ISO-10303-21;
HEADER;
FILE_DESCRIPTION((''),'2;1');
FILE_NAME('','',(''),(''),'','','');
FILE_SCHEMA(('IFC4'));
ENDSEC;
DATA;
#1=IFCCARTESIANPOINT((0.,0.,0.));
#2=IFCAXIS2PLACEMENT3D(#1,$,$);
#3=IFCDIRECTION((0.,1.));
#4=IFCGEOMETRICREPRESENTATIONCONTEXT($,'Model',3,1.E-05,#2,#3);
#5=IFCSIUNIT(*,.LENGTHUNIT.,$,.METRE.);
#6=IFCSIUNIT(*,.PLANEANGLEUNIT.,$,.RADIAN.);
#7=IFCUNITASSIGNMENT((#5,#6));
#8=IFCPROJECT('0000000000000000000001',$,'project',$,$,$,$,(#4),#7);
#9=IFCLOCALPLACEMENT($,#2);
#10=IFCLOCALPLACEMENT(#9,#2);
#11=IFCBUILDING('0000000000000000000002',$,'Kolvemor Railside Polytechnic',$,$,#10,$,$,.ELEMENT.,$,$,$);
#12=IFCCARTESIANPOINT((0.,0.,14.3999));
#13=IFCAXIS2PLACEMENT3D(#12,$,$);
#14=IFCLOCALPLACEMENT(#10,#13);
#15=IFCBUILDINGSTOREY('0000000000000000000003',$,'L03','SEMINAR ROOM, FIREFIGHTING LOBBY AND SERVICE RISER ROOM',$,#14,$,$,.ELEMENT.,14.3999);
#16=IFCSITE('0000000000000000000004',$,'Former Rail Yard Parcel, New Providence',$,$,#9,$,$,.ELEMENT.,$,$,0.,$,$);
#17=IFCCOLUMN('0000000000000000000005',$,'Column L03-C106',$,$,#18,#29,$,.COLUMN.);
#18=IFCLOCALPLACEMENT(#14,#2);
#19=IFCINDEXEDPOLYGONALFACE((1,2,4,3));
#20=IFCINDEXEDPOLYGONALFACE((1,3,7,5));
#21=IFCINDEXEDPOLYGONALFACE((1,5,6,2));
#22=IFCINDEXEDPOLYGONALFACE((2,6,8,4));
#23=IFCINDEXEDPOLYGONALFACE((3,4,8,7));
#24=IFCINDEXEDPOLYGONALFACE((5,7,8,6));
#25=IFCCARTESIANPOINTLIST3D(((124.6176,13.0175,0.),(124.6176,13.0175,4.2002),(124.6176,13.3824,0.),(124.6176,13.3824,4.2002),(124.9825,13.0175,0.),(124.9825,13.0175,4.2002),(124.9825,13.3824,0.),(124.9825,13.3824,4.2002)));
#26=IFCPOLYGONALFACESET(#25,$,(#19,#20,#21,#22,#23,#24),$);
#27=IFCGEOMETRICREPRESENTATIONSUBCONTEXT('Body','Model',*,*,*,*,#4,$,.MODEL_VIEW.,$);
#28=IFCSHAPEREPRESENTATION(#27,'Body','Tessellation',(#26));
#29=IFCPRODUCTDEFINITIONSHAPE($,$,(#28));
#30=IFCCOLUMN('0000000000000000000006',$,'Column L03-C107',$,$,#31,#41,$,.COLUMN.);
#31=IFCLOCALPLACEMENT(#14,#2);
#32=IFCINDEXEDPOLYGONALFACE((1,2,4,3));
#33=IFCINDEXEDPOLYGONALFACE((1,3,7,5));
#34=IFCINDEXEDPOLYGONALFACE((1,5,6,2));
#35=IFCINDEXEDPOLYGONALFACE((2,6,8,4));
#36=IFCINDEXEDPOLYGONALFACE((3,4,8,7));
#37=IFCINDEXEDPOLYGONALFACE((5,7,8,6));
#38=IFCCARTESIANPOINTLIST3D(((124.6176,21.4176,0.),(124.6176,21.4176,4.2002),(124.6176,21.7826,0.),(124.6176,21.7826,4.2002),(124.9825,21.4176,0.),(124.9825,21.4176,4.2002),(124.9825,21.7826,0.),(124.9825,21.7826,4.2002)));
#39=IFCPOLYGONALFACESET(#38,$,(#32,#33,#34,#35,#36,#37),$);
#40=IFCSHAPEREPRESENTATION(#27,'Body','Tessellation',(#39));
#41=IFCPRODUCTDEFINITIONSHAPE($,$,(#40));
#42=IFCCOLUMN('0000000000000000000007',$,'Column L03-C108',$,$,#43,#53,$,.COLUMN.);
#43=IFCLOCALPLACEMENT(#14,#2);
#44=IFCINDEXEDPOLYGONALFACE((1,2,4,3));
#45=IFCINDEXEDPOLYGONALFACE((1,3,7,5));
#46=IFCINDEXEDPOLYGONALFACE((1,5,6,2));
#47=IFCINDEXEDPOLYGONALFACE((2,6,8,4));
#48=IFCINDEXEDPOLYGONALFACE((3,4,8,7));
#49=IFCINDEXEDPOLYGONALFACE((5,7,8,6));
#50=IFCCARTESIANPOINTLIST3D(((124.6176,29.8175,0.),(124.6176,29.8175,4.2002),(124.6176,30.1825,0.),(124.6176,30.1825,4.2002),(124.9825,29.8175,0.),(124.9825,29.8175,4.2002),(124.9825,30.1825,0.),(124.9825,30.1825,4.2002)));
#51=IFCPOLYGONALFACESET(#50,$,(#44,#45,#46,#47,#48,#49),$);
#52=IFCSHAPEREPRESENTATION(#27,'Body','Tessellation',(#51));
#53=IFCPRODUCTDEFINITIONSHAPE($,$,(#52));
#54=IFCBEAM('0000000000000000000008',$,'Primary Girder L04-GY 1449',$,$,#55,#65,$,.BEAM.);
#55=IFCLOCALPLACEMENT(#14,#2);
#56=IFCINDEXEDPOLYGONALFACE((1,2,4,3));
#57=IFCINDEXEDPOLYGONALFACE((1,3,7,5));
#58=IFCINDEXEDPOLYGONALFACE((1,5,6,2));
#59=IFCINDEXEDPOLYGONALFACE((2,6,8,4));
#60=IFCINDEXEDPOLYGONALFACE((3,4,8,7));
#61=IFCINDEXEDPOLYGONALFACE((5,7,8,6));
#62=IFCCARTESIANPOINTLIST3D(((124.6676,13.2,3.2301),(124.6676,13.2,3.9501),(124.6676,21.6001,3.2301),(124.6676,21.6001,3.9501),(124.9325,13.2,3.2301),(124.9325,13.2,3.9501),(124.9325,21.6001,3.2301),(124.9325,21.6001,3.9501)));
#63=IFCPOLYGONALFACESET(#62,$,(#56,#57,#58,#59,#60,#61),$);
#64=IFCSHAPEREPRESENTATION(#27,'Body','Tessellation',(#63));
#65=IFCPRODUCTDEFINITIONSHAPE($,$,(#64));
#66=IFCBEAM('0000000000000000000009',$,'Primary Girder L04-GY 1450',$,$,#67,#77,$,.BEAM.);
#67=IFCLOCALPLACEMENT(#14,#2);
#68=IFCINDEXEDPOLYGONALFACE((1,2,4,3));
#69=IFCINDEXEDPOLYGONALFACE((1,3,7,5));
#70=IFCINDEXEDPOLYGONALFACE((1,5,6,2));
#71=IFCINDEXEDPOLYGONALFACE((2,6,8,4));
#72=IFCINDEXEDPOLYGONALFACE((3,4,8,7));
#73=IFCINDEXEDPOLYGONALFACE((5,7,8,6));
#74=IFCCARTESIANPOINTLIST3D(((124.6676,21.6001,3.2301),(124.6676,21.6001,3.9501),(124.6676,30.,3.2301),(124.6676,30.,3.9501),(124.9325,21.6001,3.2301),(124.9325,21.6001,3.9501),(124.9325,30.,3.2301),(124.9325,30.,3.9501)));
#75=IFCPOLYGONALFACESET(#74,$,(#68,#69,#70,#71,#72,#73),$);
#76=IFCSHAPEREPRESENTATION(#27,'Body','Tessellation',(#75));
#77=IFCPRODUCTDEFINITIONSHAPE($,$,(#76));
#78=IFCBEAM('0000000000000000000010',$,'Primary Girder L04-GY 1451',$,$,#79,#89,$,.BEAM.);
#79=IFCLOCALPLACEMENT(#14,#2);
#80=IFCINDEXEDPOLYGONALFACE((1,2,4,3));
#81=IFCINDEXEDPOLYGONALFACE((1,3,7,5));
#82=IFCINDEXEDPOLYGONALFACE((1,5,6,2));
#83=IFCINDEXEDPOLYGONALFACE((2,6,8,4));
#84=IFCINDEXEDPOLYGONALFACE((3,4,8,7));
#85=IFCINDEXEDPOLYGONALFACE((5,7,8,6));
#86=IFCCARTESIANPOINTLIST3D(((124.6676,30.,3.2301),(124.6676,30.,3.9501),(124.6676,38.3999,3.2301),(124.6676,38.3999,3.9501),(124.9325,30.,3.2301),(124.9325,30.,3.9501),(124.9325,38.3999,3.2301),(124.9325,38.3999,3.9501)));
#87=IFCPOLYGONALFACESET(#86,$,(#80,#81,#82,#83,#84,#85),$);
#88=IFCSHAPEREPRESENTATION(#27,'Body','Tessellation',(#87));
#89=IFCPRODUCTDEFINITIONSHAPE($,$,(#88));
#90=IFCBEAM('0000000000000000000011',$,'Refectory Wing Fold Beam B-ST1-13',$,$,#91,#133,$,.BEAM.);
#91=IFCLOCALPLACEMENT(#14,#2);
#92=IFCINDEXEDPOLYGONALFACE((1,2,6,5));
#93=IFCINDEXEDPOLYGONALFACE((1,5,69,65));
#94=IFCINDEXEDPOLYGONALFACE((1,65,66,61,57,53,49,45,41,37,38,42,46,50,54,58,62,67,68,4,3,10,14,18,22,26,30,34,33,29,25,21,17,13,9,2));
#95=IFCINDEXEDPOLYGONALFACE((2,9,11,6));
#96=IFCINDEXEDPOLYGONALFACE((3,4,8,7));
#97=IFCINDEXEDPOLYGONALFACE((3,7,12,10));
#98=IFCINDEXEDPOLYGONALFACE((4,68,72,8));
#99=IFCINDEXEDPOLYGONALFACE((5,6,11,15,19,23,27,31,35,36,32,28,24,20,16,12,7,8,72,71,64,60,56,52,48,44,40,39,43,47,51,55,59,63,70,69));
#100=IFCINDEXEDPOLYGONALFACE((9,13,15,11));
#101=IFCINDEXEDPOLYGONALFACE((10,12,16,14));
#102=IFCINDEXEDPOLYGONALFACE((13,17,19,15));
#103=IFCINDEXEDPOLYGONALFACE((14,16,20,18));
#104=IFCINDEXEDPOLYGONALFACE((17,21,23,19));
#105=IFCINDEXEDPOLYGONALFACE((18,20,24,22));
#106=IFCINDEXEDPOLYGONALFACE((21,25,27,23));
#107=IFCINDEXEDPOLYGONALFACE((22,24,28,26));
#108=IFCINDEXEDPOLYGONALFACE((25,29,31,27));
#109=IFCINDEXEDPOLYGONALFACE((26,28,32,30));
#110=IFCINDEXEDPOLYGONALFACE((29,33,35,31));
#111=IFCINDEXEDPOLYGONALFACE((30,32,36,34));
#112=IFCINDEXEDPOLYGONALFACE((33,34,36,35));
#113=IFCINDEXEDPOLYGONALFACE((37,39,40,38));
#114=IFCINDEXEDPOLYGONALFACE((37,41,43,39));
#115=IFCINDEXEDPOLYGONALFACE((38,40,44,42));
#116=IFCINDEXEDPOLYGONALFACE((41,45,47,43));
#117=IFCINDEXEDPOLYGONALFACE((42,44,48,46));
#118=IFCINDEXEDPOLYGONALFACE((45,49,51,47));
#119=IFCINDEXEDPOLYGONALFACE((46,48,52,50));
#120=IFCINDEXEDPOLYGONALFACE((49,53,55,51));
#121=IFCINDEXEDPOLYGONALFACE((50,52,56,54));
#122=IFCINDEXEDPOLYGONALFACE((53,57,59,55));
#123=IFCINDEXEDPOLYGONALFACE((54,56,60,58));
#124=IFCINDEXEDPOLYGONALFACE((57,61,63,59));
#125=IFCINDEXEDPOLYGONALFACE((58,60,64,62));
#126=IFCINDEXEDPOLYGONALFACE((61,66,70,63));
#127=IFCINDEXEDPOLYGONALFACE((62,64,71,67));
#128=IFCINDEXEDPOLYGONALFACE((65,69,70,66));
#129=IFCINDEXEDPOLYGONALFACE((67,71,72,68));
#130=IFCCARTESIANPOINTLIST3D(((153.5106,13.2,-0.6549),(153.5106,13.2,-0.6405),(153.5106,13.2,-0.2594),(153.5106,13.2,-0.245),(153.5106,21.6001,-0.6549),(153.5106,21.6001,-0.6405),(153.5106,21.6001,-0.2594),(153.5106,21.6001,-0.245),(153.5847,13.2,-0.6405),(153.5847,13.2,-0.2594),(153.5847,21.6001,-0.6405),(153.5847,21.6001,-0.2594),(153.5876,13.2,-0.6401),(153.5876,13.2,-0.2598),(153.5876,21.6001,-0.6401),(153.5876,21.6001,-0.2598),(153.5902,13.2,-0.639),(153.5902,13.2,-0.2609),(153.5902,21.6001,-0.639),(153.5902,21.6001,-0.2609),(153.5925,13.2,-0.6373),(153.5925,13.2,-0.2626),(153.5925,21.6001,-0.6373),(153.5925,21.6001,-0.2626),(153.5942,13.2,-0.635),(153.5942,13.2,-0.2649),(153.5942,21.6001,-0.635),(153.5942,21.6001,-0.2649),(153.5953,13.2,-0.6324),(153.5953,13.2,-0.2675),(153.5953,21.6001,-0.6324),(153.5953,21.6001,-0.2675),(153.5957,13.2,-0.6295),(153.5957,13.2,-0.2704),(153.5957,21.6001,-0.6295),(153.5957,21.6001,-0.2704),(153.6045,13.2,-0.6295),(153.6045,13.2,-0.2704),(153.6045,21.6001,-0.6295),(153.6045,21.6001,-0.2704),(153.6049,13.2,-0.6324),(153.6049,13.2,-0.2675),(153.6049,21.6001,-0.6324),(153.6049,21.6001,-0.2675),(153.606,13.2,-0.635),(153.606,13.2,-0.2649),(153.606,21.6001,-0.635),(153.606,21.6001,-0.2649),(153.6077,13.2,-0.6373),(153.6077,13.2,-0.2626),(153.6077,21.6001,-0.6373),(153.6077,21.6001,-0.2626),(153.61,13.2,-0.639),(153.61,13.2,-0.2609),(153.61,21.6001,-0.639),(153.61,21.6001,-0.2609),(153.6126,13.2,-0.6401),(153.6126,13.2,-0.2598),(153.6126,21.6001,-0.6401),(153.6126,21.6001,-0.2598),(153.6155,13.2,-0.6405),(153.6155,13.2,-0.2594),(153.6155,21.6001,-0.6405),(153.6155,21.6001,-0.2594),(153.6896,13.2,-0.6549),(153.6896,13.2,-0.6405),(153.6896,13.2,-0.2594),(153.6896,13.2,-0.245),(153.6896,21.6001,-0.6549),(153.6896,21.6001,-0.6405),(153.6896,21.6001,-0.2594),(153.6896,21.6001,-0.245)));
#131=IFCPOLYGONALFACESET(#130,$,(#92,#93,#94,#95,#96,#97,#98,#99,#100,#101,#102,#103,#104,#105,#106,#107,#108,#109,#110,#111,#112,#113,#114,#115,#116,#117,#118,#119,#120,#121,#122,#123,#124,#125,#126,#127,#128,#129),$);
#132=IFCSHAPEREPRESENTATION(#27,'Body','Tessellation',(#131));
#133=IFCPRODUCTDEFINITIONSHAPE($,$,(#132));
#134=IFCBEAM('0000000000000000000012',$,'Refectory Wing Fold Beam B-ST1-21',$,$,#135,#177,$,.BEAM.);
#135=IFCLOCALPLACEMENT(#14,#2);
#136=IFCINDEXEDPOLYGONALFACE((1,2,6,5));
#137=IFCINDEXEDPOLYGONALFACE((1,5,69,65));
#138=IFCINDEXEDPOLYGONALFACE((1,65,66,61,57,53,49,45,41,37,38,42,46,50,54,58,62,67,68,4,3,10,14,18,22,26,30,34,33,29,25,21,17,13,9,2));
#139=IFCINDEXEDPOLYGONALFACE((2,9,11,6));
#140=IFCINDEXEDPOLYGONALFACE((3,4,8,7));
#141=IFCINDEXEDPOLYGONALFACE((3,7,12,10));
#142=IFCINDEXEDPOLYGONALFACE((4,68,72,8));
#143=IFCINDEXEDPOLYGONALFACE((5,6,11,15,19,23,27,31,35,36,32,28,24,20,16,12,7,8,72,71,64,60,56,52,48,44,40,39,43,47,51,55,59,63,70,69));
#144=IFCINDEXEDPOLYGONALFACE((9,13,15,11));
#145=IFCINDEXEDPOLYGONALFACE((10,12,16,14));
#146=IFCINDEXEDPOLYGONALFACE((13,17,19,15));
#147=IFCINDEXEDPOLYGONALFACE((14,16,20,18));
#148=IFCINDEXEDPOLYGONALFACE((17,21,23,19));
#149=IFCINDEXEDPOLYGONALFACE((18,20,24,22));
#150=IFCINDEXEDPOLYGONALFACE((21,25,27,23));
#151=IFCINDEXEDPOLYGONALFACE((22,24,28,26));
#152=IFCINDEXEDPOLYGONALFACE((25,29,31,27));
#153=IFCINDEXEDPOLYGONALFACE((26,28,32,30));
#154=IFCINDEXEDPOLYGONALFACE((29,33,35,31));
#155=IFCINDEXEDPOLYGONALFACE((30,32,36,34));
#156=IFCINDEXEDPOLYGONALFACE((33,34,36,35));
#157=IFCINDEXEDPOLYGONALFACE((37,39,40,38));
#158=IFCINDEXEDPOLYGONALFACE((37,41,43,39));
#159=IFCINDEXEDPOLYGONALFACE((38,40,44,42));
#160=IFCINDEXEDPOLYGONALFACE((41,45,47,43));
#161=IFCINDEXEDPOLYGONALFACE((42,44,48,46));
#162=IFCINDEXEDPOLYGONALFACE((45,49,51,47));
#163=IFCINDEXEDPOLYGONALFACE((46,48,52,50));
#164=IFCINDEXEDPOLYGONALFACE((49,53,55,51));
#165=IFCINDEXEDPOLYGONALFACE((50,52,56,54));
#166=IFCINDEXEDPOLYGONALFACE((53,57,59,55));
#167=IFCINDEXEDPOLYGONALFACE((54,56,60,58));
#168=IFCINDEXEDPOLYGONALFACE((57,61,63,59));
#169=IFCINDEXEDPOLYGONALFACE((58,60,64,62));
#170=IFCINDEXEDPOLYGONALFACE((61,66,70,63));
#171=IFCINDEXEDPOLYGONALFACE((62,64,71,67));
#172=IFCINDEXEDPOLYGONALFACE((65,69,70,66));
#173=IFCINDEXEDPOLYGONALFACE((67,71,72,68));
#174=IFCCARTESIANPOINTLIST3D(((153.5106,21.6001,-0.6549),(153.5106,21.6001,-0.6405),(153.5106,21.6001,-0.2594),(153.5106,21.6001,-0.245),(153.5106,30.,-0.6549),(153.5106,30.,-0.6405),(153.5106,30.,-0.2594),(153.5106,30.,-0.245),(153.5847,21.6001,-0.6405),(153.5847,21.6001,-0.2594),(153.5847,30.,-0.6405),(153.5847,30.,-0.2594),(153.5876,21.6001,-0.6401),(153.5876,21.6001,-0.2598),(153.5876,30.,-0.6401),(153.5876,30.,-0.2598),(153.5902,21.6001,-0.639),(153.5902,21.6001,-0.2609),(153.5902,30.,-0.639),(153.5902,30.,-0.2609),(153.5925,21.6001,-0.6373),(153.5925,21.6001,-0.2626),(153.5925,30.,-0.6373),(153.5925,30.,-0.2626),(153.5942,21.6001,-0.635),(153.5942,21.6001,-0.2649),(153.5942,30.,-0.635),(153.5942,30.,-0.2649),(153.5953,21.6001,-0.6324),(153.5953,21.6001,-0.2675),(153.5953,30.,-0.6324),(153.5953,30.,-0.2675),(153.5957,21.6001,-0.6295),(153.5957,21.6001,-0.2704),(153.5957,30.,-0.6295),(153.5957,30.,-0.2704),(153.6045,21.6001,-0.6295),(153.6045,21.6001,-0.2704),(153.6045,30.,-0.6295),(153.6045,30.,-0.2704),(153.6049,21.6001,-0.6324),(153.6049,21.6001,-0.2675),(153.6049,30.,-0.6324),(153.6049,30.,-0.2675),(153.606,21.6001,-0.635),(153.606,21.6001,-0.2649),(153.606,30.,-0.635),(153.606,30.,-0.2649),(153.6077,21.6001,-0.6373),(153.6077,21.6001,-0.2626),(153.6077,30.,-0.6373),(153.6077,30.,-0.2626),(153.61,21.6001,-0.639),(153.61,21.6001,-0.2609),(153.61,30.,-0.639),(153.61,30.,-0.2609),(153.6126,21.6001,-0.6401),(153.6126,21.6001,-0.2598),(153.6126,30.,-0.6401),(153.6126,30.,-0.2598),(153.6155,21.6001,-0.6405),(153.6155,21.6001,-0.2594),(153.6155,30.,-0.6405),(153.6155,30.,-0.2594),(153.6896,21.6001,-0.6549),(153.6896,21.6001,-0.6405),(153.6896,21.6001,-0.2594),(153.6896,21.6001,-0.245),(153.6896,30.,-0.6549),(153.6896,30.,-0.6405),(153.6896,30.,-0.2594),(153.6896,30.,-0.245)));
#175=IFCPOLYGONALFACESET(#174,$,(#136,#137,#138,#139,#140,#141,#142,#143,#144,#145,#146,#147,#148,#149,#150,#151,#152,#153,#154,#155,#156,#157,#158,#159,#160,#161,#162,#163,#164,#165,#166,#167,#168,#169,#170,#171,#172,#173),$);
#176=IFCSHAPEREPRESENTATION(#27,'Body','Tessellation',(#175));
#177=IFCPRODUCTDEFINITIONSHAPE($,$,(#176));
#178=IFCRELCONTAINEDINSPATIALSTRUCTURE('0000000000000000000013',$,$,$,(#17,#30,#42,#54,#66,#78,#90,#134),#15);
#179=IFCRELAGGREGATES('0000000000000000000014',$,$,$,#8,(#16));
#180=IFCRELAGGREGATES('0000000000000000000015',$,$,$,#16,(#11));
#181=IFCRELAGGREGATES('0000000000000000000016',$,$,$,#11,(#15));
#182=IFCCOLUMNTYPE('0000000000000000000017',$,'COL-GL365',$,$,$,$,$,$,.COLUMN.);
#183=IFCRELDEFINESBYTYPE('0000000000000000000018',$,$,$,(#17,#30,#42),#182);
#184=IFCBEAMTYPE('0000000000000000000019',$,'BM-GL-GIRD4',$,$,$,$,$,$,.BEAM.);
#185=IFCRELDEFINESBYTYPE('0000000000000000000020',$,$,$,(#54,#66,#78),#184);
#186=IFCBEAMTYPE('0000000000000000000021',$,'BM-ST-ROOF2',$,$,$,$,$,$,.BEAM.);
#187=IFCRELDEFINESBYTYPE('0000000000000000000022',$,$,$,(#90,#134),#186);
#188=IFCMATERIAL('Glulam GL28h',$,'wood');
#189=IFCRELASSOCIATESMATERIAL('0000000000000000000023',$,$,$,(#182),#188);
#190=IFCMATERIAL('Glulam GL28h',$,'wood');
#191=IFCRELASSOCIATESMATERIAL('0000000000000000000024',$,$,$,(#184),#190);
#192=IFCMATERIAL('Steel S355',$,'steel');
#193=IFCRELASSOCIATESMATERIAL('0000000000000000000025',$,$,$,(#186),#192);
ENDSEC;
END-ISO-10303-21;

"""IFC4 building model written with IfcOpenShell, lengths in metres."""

from ifc_helpers import new_model, si_unit, direction, frame, origin, origin_2d, place, context, subcontext, project, spatial, rectangle, i_section, extrude, material, material_profile, profile_set, type_object, element, save


model = new_model("IFC4")

# Units and contexts
model_context = context("Model", 3, precision=1e-05, world=origin(), true_north=direction((0.0, 1.0)))
body_context = subcontext(model_context, "Body", "Model", "MODEL_VIEW")
ifc_project = project(units=[si_unit("LENGTHUNIT", "METRE"), si_unit("PLANEANGLEUNIT", "RADIAN")], contexts=[model_context])

# Site, building, storey
site_placement = place(None, origin())
site = spatial("IfcSite", under=ifc_project, at=site_placement, Name="Former Rail Yard Parcel, New Providence", CompositionType="ELEMENT", RefElevation=0.0)
building_placement = place(site_placement, origin())
building = spatial("IfcBuilding", under=site, at=building_placement, Name="Kolvemor Railside Polytechnic", CompositionType="ELEMENT")
storey_placement = place(building_placement, frame((0.0, 0.0, 14.3999)))
storey = spatial("IfcBuildingStorey", under=building, at=storey_placement, Name="L03", Description="SEMINAR ROOM, FIREFIGHTING LOBBY AND SERVICE RISER ROOM", CompositionType="ELEMENT", Elevation=14.3999)

# Columns
ifc_material_1 = material(Name="Glulam GL28h", Category="wood")
ifc_material_profile_1 = material_profile(ifc_material_1, rectangle(XDim=0.365, YDim=0.365, at=origin_2d()), Name="GL365x365")
ifc_profile_set_1 = profile_set([ifc_material_profile_1], Name="Glulam GL28h")
column_type = type_object("IfcColumnType", Name="COL-GL365", PredefinedType="COLUMN", material=ifc_profile_set_1)
for number, where, z_axis, x_axis, name in (
    (1, (124.8, 13.2, 0.0), (0.0, 0.0, 1.0), (1.0, 0.0, 0.0), "Column L03-C106"),
    (2, (124.8, 21.6001, 0.0), (0.0, 0.0, 1.0), (1.0, 0.0, 0.0), "Column L03-C107"),
    (3, (124.8, 30.0, 0.0), (0.0, 0.0, 1.0), (1.0, 0.0, 0.0), "Column L03-C108"),
):
    element("IfcColumn", number, at=place(storey_placement, frame(where, z_axis=z_axis, x_axis=x_axis)), inside=storey, type_object=column_type, Name=name, PredefinedType="COLUMN", context=body_context, shape_type="SweptSolid", body=[
        extrude(rectangle(XDim=0.365, YDim=0.365, at=origin_2d()), origin(), (0.0, 0.0, 1.0), 4.2002),
    ])

# Beams
ifc_material_2 = material(Name="Glulam GL28h", Category="wood")
ifc_material_profile_2 = material_profile(ifc_material_2, rectangle(XDim=0.2649, YDim=0.72, at=origin_2d()), Name="GL265x720")
ifc_profile_set_2 = profile_set([ifc_material_profile_2], Name="Glulam GL28h")
beam_type_1 = type_object("IfcBeamType", Name="BM-GL-GIRD4", PredefinedType="BEAM", material=ifc_profile_set_2)
beam_1_placement = place(storey_placement, frame((124.8, 13.2, 3.5901), z_axis=(0.0, 1.0, 0.0), x_axis=(-1.0, 0.0, 0.0)))
element("IfcBeam", 4, at=beam_1_placement, inside=storey, type_object=beam_type_1, Name="Primary Girder L04-GY 1449", PredefinedType="BEAM", context=body_context, shape_type="SweptSolid", body=[
    extrude(rectangle(XDim=0.2649, YDim=0.72, at=origin_2d()), origin(), (0.0, 0.0, 1.0), 8.4001),
])
for number, where, z_axis, x_axis, name in (
    (5, (124.8, 21.6001, 3.5901), (0.0, 1.0, 0.0), (-1.0, 0.0, 0.0), "Primary Girder L04-GY 1450"),
    (6, (124.8, 30.0, 3.5901), (0.0, 1.0, 0.0), (-1.0, 0.0, 0.0), "Primary Girder L04-GY 1451"),
):
    element("IfcBeam", number, at=place(storey_placement, frame(where, z_axis=z_axis, x_axis=x_axis)), inside=storey, type_object=beam_type_1, Name=name, PredefinedType="BEAM", context=body_context, shape_type="SweptSolid", body=[
        extrude(rectangle(XDim=0.2649, YDim=0.72, at=origin_2d()), origin(), (0.0, 0.0, 1.0), 8.3999),
    ])
ifc_material_3 = material(Name="Steel S355", Category="steel")
ifc_material_profile_3 = material_profile(ifc_material_3, i_section(OverallWidth=0.179, OverallDepth=0.4099, WebThickness=0.0088, FlangeThickness=0.0144, FilletRadius=0.011, at=origin_2d()), Name="W410x67")
ifc_profile_set_3 = profile_set([ifc_material_profile_3], Name="Steel S355")
beam_type_2 = type_object("IfcBeamType", Name="BM-ST-ROOF2", PredefinedType="BEAM", material=ifc_profile_set_3)
beam_2_placement = place(storey_placement, frame((153.6001, 13.2, -0.45), z_axis=(0.0, 1.0, 0.0), x_axis=(-1.0, 0.0, 0.0)))
element("IfcBeam", 7, at=beam_2_placement, inside=storey, type_object=beam_type_2, Name="Refectory Wing Fold Beam B-ST1-13", PredefinedType="BEAM", context=body_context, shape_type="SweptSolid", body=[
    extrude(i_section(OverallWidth=0.179, OverallDepth=0.4099, WebThickness=0.0088, FlangeThickness=0.0144, FilletRadius=0.011, at=origin_2d()), origin(), (0.0, 0.0, 1.0), 8.4001),
])
for number, where, z_axis, x_axis, name in (
    (8, (153.6001, 21.6001, -0.45), (0.0, 1.0, 0.0), (-1.0, 0.0, 0.0), "Refectory Wing Fold Beam B-ST1-21"),
):
    element("IfcBeam", number, at=place(storey_placement, frame(where, z_axis=z_axis, x_axis=x_axis)), inside=storey, type_object=beam_type_2, Name=name, PredefinedType="BEAM", context=body_context, shape_type="SweptSolid", body=[
        extrude(i_section(OverallWidth=0.179, OverallDepth=0.4099, WebThickness=0.0088, FlangeThickness=0.0144, FilletRadius=0.011, at=origin_2d()), origin(), (0.0, 0.0, 1.0), 8.3999),
    ])

save(model, "model.ifc")
